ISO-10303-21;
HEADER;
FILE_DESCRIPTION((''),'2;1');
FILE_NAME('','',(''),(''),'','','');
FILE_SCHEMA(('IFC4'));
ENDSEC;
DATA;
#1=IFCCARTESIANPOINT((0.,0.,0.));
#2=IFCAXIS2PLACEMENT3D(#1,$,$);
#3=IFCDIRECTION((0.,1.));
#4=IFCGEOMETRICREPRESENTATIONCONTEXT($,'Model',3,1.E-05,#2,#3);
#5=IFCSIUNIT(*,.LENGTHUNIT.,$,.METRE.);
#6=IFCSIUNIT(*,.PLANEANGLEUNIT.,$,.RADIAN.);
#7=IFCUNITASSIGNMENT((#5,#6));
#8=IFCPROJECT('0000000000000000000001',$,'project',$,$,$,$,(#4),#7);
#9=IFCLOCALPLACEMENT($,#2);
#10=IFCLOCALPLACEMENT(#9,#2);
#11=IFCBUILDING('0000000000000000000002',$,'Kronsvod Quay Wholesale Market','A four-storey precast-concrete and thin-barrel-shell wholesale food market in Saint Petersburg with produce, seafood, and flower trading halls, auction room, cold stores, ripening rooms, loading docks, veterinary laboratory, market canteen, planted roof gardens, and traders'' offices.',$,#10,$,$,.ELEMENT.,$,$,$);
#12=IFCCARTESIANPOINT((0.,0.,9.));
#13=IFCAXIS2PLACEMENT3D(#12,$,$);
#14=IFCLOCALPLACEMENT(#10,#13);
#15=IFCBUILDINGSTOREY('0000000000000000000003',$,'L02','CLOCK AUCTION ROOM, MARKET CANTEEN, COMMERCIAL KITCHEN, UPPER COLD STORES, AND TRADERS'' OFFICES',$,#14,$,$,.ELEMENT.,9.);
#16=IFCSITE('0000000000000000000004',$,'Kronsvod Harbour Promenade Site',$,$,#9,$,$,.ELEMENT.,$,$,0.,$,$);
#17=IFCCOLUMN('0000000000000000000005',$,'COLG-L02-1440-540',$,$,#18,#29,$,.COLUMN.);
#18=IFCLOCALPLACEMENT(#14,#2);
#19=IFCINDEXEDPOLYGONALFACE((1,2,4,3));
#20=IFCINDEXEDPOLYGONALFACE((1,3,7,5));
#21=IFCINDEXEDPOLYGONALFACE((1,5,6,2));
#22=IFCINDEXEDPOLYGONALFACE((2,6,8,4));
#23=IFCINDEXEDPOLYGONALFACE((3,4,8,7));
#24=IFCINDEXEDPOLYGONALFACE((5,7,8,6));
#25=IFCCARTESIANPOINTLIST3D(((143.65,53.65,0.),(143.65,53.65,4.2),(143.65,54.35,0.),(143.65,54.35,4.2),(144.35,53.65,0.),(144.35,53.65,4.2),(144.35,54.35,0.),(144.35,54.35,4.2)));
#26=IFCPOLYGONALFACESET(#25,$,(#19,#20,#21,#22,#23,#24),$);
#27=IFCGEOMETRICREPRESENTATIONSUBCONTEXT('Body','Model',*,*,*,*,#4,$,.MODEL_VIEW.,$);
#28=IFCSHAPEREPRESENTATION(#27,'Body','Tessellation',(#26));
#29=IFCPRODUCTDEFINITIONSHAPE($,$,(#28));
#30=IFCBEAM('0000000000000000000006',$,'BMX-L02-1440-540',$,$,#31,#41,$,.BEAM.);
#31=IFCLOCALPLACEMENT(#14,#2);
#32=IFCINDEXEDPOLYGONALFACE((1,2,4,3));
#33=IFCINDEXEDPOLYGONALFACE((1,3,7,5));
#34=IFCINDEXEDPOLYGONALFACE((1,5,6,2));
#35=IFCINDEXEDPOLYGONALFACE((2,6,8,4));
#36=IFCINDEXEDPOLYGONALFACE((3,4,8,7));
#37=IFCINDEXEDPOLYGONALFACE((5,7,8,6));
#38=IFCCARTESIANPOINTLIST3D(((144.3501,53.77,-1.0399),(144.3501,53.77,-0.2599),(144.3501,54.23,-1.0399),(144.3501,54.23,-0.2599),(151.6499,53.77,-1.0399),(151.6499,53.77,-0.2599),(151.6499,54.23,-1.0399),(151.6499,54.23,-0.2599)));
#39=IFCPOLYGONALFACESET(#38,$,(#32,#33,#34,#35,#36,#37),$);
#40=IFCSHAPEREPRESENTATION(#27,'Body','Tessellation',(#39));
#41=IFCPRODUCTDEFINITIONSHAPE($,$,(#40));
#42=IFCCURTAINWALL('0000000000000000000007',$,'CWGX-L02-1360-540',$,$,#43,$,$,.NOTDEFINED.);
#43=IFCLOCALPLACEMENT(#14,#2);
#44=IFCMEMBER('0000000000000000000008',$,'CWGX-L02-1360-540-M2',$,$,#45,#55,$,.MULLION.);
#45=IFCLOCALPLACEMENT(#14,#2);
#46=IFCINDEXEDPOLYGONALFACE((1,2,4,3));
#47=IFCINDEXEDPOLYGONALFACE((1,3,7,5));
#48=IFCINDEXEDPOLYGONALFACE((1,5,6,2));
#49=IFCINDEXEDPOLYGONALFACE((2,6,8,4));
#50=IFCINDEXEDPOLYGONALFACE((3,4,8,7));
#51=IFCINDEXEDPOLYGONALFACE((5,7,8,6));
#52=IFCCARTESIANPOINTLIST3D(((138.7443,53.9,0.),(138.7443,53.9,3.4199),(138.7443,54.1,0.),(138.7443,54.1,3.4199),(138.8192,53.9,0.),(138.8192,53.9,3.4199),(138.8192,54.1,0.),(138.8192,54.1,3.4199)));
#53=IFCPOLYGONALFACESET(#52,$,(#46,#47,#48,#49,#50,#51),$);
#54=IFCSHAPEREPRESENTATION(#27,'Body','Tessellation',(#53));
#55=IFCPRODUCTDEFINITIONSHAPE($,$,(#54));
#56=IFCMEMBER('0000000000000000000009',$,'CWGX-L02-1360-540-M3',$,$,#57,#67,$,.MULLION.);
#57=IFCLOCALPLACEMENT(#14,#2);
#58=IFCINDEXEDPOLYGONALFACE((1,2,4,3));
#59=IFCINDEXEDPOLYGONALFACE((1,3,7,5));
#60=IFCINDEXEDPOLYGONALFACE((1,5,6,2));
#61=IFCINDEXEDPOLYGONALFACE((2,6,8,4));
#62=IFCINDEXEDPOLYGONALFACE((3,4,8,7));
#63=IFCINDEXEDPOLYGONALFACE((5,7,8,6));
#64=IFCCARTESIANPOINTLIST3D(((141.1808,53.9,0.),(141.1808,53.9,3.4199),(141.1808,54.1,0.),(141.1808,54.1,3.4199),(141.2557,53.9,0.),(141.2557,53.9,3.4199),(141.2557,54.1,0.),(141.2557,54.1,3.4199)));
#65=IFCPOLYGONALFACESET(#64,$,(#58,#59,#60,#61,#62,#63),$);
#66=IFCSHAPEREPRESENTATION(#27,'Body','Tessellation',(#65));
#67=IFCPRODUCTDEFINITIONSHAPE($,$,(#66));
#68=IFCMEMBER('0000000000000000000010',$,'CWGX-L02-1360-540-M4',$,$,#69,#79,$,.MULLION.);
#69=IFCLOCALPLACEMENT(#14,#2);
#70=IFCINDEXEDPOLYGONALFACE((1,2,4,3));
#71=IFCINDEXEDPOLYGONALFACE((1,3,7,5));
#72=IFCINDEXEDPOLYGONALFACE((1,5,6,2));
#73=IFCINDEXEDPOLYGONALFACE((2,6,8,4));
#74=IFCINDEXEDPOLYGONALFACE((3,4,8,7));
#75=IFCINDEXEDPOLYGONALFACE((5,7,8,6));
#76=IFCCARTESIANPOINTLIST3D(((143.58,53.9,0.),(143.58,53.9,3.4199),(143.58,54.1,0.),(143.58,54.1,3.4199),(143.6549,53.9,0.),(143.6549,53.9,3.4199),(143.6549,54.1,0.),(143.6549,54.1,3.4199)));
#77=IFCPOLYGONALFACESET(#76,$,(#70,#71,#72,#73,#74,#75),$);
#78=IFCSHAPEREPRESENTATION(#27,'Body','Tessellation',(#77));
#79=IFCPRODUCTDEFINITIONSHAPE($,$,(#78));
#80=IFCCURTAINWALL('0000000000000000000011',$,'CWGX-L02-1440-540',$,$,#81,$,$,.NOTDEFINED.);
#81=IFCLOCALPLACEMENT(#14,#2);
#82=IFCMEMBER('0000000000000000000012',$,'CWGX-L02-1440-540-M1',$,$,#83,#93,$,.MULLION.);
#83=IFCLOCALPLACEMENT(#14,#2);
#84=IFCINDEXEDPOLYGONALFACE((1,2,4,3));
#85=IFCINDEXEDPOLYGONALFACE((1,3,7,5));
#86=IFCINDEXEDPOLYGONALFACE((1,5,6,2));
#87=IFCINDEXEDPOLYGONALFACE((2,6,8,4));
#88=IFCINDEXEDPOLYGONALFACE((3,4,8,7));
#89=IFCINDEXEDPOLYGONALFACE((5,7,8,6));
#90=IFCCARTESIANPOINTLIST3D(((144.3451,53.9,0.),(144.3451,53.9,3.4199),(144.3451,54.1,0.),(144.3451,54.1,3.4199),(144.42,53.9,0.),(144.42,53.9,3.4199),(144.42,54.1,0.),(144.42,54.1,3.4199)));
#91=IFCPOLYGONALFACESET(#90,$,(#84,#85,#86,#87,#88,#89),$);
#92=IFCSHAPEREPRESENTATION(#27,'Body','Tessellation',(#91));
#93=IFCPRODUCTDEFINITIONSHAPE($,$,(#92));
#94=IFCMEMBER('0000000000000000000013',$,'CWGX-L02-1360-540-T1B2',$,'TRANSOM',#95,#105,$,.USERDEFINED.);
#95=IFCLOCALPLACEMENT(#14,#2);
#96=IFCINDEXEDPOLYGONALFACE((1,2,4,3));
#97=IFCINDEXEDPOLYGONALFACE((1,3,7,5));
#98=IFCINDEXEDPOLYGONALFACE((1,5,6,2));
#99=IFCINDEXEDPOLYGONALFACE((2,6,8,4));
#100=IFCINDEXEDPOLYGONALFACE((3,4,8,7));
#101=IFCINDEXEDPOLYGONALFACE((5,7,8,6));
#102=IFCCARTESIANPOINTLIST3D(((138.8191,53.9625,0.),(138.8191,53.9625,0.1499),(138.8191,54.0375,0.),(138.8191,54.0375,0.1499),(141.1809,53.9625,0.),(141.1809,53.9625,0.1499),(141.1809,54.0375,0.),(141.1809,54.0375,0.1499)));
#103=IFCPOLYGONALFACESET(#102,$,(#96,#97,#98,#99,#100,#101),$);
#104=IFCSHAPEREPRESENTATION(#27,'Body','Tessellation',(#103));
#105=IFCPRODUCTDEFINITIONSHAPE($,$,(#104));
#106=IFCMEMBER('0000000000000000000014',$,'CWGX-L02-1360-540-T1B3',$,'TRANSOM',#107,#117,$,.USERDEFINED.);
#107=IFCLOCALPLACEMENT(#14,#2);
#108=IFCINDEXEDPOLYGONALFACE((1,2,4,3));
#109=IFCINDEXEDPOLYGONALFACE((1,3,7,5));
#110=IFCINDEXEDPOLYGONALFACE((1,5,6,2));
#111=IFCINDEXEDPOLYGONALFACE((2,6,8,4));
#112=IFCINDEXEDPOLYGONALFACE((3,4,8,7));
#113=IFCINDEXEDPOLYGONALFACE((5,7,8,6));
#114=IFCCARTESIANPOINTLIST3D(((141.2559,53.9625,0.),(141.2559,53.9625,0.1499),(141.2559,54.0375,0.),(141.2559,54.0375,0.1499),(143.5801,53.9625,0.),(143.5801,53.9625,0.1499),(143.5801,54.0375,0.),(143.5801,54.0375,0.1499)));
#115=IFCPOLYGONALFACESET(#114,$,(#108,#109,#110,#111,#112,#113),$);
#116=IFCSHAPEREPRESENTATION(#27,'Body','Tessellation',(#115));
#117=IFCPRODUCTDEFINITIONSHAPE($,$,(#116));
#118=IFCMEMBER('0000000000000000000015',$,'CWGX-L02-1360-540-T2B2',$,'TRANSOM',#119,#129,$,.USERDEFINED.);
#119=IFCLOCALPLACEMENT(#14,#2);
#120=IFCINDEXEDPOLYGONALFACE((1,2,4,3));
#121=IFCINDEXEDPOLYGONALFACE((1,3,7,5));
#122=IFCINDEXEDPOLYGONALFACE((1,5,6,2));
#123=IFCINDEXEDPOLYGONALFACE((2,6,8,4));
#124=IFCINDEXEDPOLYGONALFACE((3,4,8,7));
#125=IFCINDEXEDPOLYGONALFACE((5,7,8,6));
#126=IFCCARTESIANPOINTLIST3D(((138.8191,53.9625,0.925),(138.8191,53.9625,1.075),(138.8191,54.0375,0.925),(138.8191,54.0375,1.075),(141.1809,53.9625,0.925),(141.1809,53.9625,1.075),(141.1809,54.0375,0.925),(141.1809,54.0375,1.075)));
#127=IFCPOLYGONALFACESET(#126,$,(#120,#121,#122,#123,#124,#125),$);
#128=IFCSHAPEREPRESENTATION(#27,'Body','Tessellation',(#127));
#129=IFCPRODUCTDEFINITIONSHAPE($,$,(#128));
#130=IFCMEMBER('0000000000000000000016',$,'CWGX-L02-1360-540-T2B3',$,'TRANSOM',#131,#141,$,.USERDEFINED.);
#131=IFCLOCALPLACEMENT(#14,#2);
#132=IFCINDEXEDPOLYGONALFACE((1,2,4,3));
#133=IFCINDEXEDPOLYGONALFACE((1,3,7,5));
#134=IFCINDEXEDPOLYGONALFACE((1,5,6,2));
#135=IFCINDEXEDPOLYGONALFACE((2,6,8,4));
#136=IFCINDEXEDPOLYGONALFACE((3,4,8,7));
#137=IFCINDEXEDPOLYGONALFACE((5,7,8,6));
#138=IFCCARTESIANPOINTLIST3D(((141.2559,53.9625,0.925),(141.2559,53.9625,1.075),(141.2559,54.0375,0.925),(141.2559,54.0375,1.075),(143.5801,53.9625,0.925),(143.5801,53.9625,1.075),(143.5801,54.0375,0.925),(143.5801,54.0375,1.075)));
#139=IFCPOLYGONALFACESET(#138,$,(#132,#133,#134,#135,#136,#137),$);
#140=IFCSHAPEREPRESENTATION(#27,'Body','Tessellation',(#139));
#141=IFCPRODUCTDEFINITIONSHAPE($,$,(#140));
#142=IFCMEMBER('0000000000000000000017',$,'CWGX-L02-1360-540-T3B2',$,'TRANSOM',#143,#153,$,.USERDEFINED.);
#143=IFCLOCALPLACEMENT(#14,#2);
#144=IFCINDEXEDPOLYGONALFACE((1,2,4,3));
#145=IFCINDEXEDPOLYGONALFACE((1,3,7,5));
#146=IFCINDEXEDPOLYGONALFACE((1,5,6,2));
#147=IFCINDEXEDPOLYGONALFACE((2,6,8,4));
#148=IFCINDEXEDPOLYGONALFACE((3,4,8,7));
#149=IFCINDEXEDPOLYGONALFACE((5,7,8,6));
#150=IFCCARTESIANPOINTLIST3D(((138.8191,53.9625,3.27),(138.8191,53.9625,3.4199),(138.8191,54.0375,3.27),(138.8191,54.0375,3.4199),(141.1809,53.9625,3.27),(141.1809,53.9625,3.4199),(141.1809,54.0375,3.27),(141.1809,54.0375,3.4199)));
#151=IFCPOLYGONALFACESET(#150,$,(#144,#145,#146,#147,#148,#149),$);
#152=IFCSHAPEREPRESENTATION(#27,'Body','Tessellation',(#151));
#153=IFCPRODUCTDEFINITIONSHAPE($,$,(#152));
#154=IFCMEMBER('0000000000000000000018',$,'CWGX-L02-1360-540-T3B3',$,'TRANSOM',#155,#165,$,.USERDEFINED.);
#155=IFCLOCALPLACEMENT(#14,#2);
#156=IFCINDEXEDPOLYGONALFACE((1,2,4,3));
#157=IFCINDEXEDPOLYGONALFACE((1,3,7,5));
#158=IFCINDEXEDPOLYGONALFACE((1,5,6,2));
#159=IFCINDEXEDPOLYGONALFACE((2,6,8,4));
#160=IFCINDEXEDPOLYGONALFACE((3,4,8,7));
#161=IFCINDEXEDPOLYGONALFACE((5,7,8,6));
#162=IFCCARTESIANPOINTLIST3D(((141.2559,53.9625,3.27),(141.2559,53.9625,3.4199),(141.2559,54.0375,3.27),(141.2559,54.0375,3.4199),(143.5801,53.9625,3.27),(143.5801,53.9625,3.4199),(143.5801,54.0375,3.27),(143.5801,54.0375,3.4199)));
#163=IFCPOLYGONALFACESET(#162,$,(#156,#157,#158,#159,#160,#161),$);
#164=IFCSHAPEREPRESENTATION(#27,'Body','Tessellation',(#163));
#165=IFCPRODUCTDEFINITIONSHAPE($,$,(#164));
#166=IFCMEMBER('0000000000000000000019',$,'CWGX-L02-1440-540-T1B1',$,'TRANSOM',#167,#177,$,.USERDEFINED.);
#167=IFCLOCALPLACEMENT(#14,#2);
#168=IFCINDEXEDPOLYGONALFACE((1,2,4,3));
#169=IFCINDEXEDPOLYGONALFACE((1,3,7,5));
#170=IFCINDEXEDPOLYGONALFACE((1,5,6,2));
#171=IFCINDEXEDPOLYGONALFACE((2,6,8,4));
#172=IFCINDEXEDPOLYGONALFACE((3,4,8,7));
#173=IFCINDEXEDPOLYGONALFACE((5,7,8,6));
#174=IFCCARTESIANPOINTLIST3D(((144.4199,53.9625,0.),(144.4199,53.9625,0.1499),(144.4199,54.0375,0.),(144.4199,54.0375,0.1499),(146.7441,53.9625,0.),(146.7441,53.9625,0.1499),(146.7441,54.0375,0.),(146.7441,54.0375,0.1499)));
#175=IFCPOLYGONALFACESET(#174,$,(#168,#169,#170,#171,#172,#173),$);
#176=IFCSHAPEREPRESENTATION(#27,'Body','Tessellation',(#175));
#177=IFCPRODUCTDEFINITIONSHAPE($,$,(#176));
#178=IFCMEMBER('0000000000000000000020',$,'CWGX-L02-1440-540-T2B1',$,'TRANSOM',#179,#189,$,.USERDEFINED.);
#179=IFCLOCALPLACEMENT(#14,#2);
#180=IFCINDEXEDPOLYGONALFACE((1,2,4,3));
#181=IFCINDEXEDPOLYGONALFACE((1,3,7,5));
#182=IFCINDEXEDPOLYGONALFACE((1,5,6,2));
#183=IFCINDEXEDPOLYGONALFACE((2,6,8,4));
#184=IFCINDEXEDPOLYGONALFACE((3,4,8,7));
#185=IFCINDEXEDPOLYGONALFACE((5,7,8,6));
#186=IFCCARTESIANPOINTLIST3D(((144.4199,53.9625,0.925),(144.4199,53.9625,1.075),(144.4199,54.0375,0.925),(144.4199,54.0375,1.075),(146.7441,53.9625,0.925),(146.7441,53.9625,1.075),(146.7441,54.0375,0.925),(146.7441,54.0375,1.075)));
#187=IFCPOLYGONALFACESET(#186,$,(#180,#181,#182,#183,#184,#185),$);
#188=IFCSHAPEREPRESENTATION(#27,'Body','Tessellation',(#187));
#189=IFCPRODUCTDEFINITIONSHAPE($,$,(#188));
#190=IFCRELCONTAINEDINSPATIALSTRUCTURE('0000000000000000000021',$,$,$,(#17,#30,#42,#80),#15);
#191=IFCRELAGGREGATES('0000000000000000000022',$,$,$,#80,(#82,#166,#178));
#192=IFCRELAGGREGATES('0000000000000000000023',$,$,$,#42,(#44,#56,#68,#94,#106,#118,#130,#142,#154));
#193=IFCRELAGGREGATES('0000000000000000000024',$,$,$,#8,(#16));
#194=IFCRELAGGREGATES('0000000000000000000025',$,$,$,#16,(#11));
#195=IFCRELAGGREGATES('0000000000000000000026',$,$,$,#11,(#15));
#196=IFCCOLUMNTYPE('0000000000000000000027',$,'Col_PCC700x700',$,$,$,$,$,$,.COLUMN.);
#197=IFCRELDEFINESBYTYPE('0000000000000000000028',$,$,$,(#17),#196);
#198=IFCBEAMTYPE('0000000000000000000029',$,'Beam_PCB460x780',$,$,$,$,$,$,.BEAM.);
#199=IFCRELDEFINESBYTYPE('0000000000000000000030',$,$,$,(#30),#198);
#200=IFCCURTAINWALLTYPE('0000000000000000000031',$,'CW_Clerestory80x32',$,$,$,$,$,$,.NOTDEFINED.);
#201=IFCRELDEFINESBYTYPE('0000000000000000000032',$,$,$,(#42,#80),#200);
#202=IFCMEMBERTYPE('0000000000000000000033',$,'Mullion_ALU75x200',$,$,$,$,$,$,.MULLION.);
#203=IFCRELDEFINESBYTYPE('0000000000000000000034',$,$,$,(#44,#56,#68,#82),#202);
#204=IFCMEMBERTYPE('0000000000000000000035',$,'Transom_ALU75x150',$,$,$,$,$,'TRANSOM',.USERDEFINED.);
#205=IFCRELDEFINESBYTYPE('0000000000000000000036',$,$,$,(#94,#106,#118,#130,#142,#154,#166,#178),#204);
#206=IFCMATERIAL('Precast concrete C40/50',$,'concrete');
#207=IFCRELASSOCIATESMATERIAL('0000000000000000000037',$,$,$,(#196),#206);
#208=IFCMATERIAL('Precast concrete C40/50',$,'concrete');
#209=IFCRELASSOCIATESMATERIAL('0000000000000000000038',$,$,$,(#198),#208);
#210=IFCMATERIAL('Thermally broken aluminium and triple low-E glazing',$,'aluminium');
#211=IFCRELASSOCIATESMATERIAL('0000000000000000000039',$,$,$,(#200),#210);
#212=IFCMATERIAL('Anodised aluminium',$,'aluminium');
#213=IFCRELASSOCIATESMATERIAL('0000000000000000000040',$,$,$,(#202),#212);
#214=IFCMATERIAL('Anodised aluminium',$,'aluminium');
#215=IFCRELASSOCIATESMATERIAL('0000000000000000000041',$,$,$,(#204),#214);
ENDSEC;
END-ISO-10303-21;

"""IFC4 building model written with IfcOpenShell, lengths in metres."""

from ifc_helpers import new_model, si_unit, direction, frame, origin, origin_2d, place, context, subcontext, project, spatial, rectangle, extrude, material, material_profile, profile_set, type_object, element, aggregate, save


model = new_model("IFC4")

# Units and contexts
model_context = context("Model", 3, precision=1e-05, world=origin(), true_north=direction((0.0, 1.0)))
body_context = subcontext(model_context, "Body", "Model", "MODEL_VIEW")
ifc_project = project(units=[si_unit("LENGTHUNIT", "METRE"), si_unit("PLANEANGLEUNIT", "RADIAN")], contexts=[model_context])

# Site, building, storey
site_placement = place(None, origin())
site = spatial("IfcSite", under=ifc_project, at=site_placement, Name="Kronsvod Harbour Promenade Site", CompositionType="ELEMENT", RefElevation=0.0)
building_placement = place(site_placement, origin())
building = spatial("IfcBuilding", under=site, at=building_placement, Name="Kronsvod Quay Wholesale Market", Description="A four-storey precast-concrete and thin-barrel-shell wholesale food market in Saint Petersburg with produce, seafood, and flower trading halls, auction room, cold stores, ripening rooms, loading docks, veterinary laboratory, market canteen, planted roof gardens, and traders' offices.", CompositionType="ELEMENT")
storey_placement = place(building_placement, frame((0.0, 0.0, 9.0)))
storey = spatial("IfcBuildingStorey", under=building, at=storey_placement, Name="L02", Description="CLOCK AUCTION ROOM, MARKET CANTEEN, COMMERCIAL KITCHEN, UPPER COLD STORES, AND TRADERS' OFFICES", CompositionType="ELEMENT", Elevation=9.0)

# Column
ifc_material_1 = material(Name="Precast concrete C40/50", Category="concrete")
ifc_material_profile_1 = material_profile(ifc_material_1, rectangle(XDim=0.7, YDim=0.7, at=origin_2d()), Name="PCC700x700")
ifc_profile_set_1 = profile_set([ifc_material_profile_1], Name="Precast concrete C40/50")
column_type = type_object("IfcColumnType", Name="Col_PCC700x700", PredefinedType="COLUMN", material=ifc_profile_set_1)
column_placement = place(storey_placement, frame((144.0, 54.0, 0.0), z_axis=(0.0, 0.0, 1.0), x_axis=(1.0, 0.0, 0.0)))
element("IfcColumn", 1, at=column_placement, inside=storey, type_object=column_type, Name="COLG-L02-1440-540", PredefinedType="COLUMN", context=body_context, shape_type="SweptSolid", body=[
    extrude(rectangle(XDim=0.7, YDim=0.7, at=origin_2d()), origin(), (0.0, 0.0, 1.0), 4.2),
])

# Beam
ifc_material_2 = material(Name="Precast concrete C40/50", Category="concrete")
ifc_material_profile_2 = material_profile(ifc_material_2, rectangle(XDim=0.46, YDim=0.78, at=origin_2d()), Name="PB-03")
ifc_profile_set_2 = profile_set([ifc_material_profile_2], Name="Precast concrete C40/50")
beam_type = type_object("IfcBeamType", Name="Beam_PCB460x780", PredefinedType="BEAM", material=ifc_profile_set_2)
beam_placement = place(storey_placement, frame((144.3501, 54.0, -0.6499), z_axis=(1.0, 0.0, 0.0), x_axis=(0.0, 1.0, 0.0)))
element("IfcBeam", 2, at=beam_placement, inside=storey, type_object=beam_type, Name="BMX-L02-1440-540", PredefinedType="BEAM", context=body_context, shape_type="SweptSolid", body=[
    extrude(rectangle(XDim=0.46, YDim=0.78, at=origin_2d()), origin(), (0.0, 0.0, 1.0), 7.2998),
])

# Curtain wall, members
ifc_material_3 = material(Name="Thermally broken aluminium and triple low-E glazing", Category="aluminium")
curtain_wall_type = type_object("IfcCurtainWallType", Name="CW_Clerestory80x32", PredefinedType="NOTDEFINED", material=ifc_material_3)
curtain_wall_1_placement = place(storey_placement, origin())
curtain_wall_1 = element("IfcCurtainWall", 3, at=curtain_wall_1_placement, inside=storey, type_object=curtain_wall_type, Name="CWGX-L02-1360-540", PredefinedType="NOTDEFINED")
ifc_material_4 = material(Name="Anodised aluminium", Category="aluminium")
ifc_material_profile_3 = material_profile(ifc_material_4, rectangle(XDim=0.075, YDim=0.2, at=origin_2d()), Name="ALUM75x200")
ifc_profile_set_3 = profile_set([ifc_material_profile_3], Name="Anodised aluminium")
member_type_1 = type_object("IfcMemberType", Name="Mullion_ALU75x200", PredefinedType="MULLION", material=ifc_profile_set_3)
member_1_placement = place(storey_placement, frame((138.7817, 54.0, 0.0), z_axis=(0.0, 0.0, 1.0), x_axis=(1.0, 0.0, 0.0)))
member_1 = element("IfcMember", 4, at=member_1_placement, type_object=member_type_1, Name="CWGX-L02-1360-540-M2", PredefinedType="MULLION", context=body_context, shape_type="SweptSolid", body=[
    extrude(rectangle(XDim=0.075, YDim=0.2, at=origin_2d()), origin(), (0.0, 0.0, 1.0), 3.4199),
])
member_2_placement = place(storey_placement, frame((141.2183, 54.0, 0.0), z_axis=(0.0, 0.0, 1.0), x_axis=(1.0, 0.0, 0.0)))
member_2 = element("IfcMember", 5, at=member_2_placement, type_object=member_type_1, Name="CWGX-L02-1360-540-M3", PredefinedType="MULLION", context=body_context, shape_type="SweptSolid", body=[
    extrude(rectangle(XDim=0.075, YDim=0.2, at=origin_2d()), origin(), (0.0, 0.0, 1.0), 3.4199),
])
member_3_placement = place(storey_placement, frame((143.6174, 54.0, 0.0), z_axis=(0.0, 0.0, 1.0), x_axis=(1.0, 0.0, 0.0)))
member_3 = element("IfcMember", 6, at=member_3_placement, type_object=member_type_1, Name="CWGX-L02-1360-540-M4", PredefinedType="MULLION", context=body_context, shape_type="SweptSolid", body=[
    extrude(rectangle(XDim=0.075, YDim=0.2, at=origin_2d()), origin(), (0.0, 0.0, 1.0), 3.4199),
])

# Curtain wall, member
curtain_wall_2_placement = place(storey_placement, origin())
curtain_wall_2 = element("IfcCurtainWall", 7, at=curtain_wall_2_placement, inside=storey, type_object=curtain_wall_type, Name="CWGX-L02-1440-540", PredefinedType="NOTDEFINED")
member_4_placement = place(storey_placement, frame((144.3826, 54.0, 0.0), z_axis=(0.0, 0.0, 1.0), x_axis=(1.0, 0.0, 0.0)))
member_4 = element("IfcMember", 8, at=member_4_placement, type_object=member_type_1, Name="CWGX-L02-1440-540-M1", PredefinedType="MULLION", context=body_context, shape_type="SweptSolid", body=[
    extrude(rectangle(XDim=0.075, YDim=0.2, at=origin_2d()), origin(), (0.0, 0.0, 1.0), 3.4199),
])

# Members
ifc_material_5 = material(Name="Anodised aluminium", Category="aluminium")
ifc_material_profile_4 = material_profile(ifc_material_5, rectangle(XDim=0.075, YDim=0.1499, at=origin_2d()), Name="ALUT75x150")
ifc_profile_set_4 = profile_set([ifc_material_profile_4], Name="Anodised aluminium")
member_type_2 = type_object("IfcMemberType", Name="Transom_ALU75x150", ElementType="TRANSOM", PredefinedType="USERDEFINED", material=ifc_profile_set_4)
member_5_placement = place(storey_placement, frame((138.8191, 54.0, 0.075), z_axis=(1.0, 0.0, 0.0), x_axis=(0.0, 1.0, 0.0)))
member_5 = element("IfcMember", 9, at=member_5_placement, type_object=member_type_2, Name="CWGX-L02-1360-540-T1B2", ObjectType="TRANSOM", PredefinedType="USERDEFINED", context=body_context, shape_type="SweptSolid", body=[
    extrude(rectangle(XDim=0.075, YDim=0.1499, at=origin_2d()), origin(), (0.0, 0.0, 1.0), 2.3618),
])
member_6_placement = place(storey_placement, frame((141.2559, 54.0, 0.075), z_axis=(1.0, 0.0, 0.0), x_axis=(0.0, 1.0, 0.0)))
member_6 = element("IfcMember", 10, at=member_6_placement, type_object=member_type_2, Name="CWGX-L02-1360-540-T1B3", ObjectType="TRANSOM", PredefinedType="USERDEFINED", context=body_context, shape_type="SweptSolid", body=[
    extrude(rectangle(XDim=0.075, YDim=0.1499, at=origin_2d()), origin(), (0.0, 0.0, 1.0), 2.3242),
])
member_7_placement = place(storey_placement, frame((138.8191, 54.0, 1.0), z_axis=(1.0, 0.0, 0.0), x_axis=(0.0, 1.0, 0.0)))
member_7 = element("IfcMember", 11, at=member_7_placement, type_object=member_type_2, Name="CWGX-L02-1360-540-T2B2", ObjectType="TRANSOM", PredefinedType="USERDEFINED", context=body_context, shape_type="SweptSolid", body=[
    extrude(rectangle(XDim=0.075, YDim=0.1499, at=origin_2d()), origin(), (0.0, 0.0, 1.0), 2.3618),
])
member_8_placement = place(storey_placement, frame((141.2559, 54.0, 1.0), z_axis=(1.0, 0.0, 0.0), x_axis=(0.0, 1.0, 0.0)))
member_8 = element("IfcMember", 12, at=member_8_placement, type_object=member_type_2, Name="CWGX-L02-1360-540-T2B3", ObjectType="TRANSOM", PredefinedType="USERDEFINED", context=body_context, shape_type="SweptSolid", body=[
    extrude(rectangle(XDim=0.075, YDim=0.1499, at=origin_2d()), origin(), (0.0, 0.0, 1.0), 2.3242),
])
member_9_placement = place(storey_placement, frame((138.8191, 54.0, 3.345), z_axis=(1.0, 0.0, 0.0), x_axis=(0.0, 1.0, 0.0)))
member_9 = element("IfcMember", 13, at=member_9_placement, type_object=member_type_2, Name="CWGX-L02-1360-540-T3B2", ObjectType="TRANSOM", PredefinedType="USERDEFINED", context=body_context, shape_type="SweptSolid", body=[
    extrude(rectangle(XDim=0.075, YDim=0.1499, at=origin_2d()), origin(), (0.0, 0.0, 1.0), 2.3618),
])
member_10_placement = place(storey_placement, frame((141.2559, 54.0, 3.345), z_axis=(1.0, 0.0, 0.0), x_axis=(0.0, 1.0, 0.0)))
member_10 = element("IfcMember", 14, at=member_10_placement, type_object=member_type_2, Name="CWGX-L02-1360-540-T3B3", ObjectType="TRANSOM", PredefinedType="USERDEFINED", context=body_context, shape_type="SweptSolid", body=[
    extrude(rectangle(XDim=0.075, YDim=0.1499, at=origin_2d()), origin(), (0.0, 0.0, 1.0), 2.3242),
])
member_11_placement = place(storey_placement, frame((144.4199, 54.0, 0.075), z_axis=(1.0, 0.0, 0.0), x_axis=(0.0, 1.0, 0.0)))
member_11 = element("IfcMember", 15, at=member_11_placement, type_object=member_type_2, Name="CWGX-L02-1440-540-T1B1", ObjectType="TRANSOM", PredefinedType="USERDEFINED", context=body_context, shape_type="SweptSolid", body=[
    extrude(rectangle(XDim=0.075, YDim=0.1499, at=origin_2d()), origin(), (0.0, 0.0, 1.0), 2.3242),
])
member_12_placement = place(storey_placement, frame((144.4199, 54.0, 1.0), z_axis=(1.0, 0.0, 0.0), x_axis=(0.0, 1.0, 0.0)))
member_12 = element("IfcMember", 16, at=member_12_placement, type_object=member_type_2, Name="CWGX-L02-1440-540-T2B1", ObjectType="TRANSOM", PredefinedType="USERDEFINED", context=body_context, shape_type="SweptSolid", body=[
    extrude(rectangle(XDim=0.075, YDim=0.1499, at=origin_2d()), origin(), (0.0, 0.0, 1.0), 2.3242),
])

aggregate(curtain_wall_2, [member_4, member_11, member_12])
aggregate(curtain_wall_1, [member_1, member_2, member_3, member_5, member_6, member_7, member_8, member_9, member_10])

save(model, "model.ifc")
